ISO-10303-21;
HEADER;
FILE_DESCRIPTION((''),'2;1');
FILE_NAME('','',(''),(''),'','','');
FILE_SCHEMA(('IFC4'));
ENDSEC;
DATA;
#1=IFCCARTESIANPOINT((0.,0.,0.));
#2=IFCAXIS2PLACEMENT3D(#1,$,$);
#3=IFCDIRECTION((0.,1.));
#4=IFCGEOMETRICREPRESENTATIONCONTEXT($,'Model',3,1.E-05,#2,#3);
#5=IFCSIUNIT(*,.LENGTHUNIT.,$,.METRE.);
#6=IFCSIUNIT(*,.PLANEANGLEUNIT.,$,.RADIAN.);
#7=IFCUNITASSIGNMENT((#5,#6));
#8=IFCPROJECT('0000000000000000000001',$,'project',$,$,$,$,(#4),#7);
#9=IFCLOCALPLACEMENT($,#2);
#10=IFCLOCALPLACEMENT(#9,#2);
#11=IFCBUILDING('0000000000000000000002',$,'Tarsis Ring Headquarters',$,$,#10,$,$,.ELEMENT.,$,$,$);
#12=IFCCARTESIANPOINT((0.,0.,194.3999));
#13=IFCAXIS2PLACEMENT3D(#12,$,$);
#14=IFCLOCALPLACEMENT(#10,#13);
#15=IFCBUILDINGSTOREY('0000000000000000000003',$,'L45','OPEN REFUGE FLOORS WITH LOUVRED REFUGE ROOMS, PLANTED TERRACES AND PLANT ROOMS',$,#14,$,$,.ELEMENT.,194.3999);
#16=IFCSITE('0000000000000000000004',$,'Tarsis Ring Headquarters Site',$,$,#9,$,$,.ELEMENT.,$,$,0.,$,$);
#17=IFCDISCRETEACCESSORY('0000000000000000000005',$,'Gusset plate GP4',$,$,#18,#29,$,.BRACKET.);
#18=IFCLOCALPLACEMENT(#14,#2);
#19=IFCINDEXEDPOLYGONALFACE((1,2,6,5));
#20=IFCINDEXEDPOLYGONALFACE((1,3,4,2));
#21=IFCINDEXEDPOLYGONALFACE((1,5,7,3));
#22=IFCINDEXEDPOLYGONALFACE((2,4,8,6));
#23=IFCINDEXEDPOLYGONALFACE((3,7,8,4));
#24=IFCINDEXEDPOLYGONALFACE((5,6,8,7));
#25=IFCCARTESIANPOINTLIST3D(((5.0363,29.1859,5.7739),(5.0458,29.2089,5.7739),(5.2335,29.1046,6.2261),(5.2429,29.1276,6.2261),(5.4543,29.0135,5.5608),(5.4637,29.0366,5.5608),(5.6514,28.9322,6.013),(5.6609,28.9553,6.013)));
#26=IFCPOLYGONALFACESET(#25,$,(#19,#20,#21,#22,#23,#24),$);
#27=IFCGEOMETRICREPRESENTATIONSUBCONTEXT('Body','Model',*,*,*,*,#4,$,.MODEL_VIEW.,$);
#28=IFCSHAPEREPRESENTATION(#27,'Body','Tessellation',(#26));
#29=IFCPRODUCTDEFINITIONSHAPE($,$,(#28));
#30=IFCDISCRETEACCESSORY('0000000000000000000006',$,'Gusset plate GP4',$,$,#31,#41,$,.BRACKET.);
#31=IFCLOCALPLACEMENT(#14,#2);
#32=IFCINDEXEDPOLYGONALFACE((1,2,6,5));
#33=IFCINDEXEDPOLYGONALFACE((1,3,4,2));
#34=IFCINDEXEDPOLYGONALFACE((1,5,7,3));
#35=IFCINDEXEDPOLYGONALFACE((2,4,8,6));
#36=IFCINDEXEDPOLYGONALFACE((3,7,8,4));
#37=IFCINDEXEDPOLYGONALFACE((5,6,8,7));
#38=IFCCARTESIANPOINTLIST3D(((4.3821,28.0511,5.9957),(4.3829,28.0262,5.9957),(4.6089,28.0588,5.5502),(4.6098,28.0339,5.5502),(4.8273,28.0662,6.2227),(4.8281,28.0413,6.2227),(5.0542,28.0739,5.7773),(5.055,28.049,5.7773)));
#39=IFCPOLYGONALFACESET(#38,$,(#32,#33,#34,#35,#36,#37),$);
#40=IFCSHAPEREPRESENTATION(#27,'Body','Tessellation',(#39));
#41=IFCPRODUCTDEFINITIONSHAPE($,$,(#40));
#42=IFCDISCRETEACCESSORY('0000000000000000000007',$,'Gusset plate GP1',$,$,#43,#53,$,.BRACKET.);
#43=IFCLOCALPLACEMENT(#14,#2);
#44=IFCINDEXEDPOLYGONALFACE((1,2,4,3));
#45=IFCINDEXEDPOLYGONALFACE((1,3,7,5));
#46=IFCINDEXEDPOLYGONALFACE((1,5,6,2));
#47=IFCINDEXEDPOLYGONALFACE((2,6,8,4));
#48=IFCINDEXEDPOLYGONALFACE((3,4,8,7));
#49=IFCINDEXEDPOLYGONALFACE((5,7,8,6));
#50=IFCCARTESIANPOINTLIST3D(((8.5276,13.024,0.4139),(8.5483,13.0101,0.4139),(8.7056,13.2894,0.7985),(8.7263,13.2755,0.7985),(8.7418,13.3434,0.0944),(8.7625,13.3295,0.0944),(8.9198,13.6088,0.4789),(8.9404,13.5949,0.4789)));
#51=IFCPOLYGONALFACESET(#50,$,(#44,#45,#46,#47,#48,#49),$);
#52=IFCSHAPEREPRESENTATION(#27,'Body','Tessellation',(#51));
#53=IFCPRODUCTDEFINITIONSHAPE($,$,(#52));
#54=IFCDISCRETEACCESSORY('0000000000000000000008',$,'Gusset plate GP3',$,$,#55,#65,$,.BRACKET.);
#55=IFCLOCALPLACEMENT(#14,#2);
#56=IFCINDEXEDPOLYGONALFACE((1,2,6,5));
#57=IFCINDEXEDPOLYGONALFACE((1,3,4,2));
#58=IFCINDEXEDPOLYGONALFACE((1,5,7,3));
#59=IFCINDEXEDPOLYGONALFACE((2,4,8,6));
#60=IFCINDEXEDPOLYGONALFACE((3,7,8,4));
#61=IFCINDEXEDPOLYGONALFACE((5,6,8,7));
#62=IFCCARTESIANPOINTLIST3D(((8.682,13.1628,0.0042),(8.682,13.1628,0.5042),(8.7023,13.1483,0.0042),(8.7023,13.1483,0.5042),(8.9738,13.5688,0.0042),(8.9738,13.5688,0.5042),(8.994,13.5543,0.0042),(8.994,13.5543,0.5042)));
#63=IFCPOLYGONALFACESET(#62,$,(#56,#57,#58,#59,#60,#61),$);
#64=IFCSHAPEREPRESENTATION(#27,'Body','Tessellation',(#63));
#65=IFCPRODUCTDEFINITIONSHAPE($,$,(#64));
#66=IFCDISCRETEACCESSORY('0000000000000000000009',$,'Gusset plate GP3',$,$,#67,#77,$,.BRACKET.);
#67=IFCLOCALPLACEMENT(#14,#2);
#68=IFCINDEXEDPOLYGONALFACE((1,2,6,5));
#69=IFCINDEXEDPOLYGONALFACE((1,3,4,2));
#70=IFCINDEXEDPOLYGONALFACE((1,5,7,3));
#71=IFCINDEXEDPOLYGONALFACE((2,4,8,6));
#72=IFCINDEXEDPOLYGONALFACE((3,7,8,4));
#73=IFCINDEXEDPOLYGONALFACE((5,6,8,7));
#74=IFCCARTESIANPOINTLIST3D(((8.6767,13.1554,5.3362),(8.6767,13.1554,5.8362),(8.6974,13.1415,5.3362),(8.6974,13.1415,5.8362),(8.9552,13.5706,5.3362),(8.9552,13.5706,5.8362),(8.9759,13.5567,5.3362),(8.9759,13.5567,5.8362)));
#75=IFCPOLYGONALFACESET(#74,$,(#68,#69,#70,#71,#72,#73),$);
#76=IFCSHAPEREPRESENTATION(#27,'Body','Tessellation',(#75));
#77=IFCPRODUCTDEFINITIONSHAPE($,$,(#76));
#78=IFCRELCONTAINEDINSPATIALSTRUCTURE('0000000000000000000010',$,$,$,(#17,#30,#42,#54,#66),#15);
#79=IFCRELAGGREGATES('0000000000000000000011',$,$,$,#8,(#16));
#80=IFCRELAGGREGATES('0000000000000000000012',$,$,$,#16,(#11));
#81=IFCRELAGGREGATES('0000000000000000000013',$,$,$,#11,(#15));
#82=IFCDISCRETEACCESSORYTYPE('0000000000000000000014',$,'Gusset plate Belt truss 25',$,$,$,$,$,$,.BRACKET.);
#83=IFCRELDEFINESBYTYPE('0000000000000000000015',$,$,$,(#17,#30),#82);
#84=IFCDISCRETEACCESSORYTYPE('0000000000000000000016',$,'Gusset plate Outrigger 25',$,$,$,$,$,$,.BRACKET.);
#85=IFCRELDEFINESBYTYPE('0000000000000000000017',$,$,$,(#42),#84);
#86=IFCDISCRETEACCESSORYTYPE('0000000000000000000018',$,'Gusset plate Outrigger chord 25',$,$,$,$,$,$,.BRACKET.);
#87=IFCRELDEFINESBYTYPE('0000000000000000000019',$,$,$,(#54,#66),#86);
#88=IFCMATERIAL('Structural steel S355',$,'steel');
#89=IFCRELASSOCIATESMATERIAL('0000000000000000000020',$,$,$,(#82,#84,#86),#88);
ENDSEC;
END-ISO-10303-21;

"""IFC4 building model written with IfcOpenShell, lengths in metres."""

from ifc_helpers import new_model, si_unit, direction, frame, origin, origin_2d, place, context, subcontext, project, spatial, rectangle, extrude, material, material_profile, profile_set, type_object, element, save


model = new_model("IFC4")

# Units and contexts
model_context = context("Model", 3, precision=1e-05, world=origin(), true_north=direction((0.0, 1.0)))
body_context = subcontext(model_context, "Body", "Model", "MODEL_VIEW")
ifc_project = project(units=[si_unit("LENGTHUNIT", "METRE"), si_unit("PLANEANGLEUNIT", "RADIAN")], contexts=[model_context])

# Site, building, storey
site_placement = place(None, origin())
site = spatial("IfcSite", under=ifc_project, at=site_placement, Name="Tarsis Ring Headquarters Site", CompositionType="ELEMENT", RefElevation=0.0)
building_placement = place(site_placement, origin())
building = spatial("IfcBuilding", under=site, at=building_placement, Name="Tarsis Ring Headquarters", CompositionType="ELEMENT")
storey_placement = place(building_placement, frame((0.0, 0.0, 194.3999)))
storey = spatial("IfcBuildingStorey", under=building, at=storey_placement, Name="L45", Description="OPEN REFUGE FLOORS WITH LOUVRED REFUGE ROOMS, PLANTED TERRACES AND PLANT ROOMS", CompositionType="ELEMENT", Elevation=194.3999)

# Shared definitions
ifc_material_1 = material(Name="Structural steel S355", Category="steel")

# Discrete accessories
ifc_material_profile_1 = material_profile(ifc_material_1, rectangle(XDim=0.0249, YDim=0.5, at=origin_2d()), Name="PL 25x500")
ifc_profile_set_1 = profile_set([ifc_material_profile_1], Name="Structural steel S355")
discrete_accessory_type_1 = type_object("IfcDiscreteAccessoryType", Name="Gusset plate Belt truss 25", PredefinedType="BRACKET", material=ifc_profile_set_1)
discrete_accessory_1_placement = place(storey_placement, frame((5.1396, 29.1567, 6.0), z_axis=(0.836216, -0.344841, -0.426412), x_axis=(0.381239, 0.924477, 0.0)))
element("IfcDiscreteAccessory", 1, at=discrete_accessory_1_placement, inside=storey, type_object=discrete_accessory_type_1, Name="Gusset plate GP4", PredefinedType="BRACKET", context=body_context, shape_type="SweptSolid", body=[
    extrude(rectangle(XDim=0.0249, YDim=0.5, at=origin_2d()), origin(), (0.0, 0.0, 1.0), 0.4998),
])
discrete_accessory_2_placement = place(storey_placement, frame((4.9412, 28.0576, 6.0), z_axis=(-0.890475, -0.030268, -0.454025), x_axis=(0.033972, -0.999423, 0.0)))
element("IfcDiscreteAccessory", 2, at=discrete_accessory_2_placement, inside=storey, type_object=discrete_accessory_type_1, Name="Gusset plate GP4", PredefinedType="BRACKET", context=body_context, shape_type="SweptSolid", body=[
    extrude(rectangle(XDim=0.0249, YDim=0.5, at=origin_2d()), origin(), (0.0, 0.0, 1.0), 0.5),
])
discrete_accessory_type_2 = type_object("IfcDiscreteAccessoryType", Name="Gusset plate Outrigger 25", PredefinedType="BRACKET", material=ifc_profile_set_1)
discrete_accessory_3_placement = place(storey_placement, frame((8.645, 13.1768, 0.2542), z_axis=(0.355985, 0.530804, 0.769104), x_axis=(-0.830519, 0.55699, 0.0)))
element("IfcDiscreteAccessory", 3, at=discrete_accessory_3_placement, inside=storey, type_object=discrete_accessory_type_2, Name="Gusset plate GP1", PredefinedType="BRACKET", context=body_context, shape_type="SweptSolid", body=[
    extrude(rectangle(XDim=0.0249, YDim=0.5, at=origin_2d()), origin(), (0.0, 0.0, 1.0), 0.5),
])
discrete_accessory_type_3 = type_object("IfcDiscreteAccessoryType", Name="Gusset plate Outrigger chord 25", PredefinedType="BRACKET", material=ifc_profile_set_1)
for number, where, z_axis, x_axis, name in (
    (4, (8.6921, 13.1555, 0.2542), (0.583545, 0.81208, 0.0), (-0.81208, 0.583545, 0.0), "Gusset plate GP3"),
    (5, (8.687, 13.1484, 5.5862), (0.557064, 0.83047, 0.0), (-0.83047, 0.557064, 0.0), "Gusset plate GP3"),
):
    element("IfcDiscreteAccessory", number, at=place(storey_placement, frame(where, z_axis=z_axis, x_axis=x_axis)), inside=storey, type_object=discrete_accessory_type_3, Name=name, PredefinedType="BRACKET", context=body_context, shape_type="SweptSolid", body=[
        extrude(rectangle(XDim=0.0249, YDim=0.5, at=origin_2d()), origin(), (0.0, 0.0, 1.0), 0.5),
    ])

save(model, "model.ifc")
